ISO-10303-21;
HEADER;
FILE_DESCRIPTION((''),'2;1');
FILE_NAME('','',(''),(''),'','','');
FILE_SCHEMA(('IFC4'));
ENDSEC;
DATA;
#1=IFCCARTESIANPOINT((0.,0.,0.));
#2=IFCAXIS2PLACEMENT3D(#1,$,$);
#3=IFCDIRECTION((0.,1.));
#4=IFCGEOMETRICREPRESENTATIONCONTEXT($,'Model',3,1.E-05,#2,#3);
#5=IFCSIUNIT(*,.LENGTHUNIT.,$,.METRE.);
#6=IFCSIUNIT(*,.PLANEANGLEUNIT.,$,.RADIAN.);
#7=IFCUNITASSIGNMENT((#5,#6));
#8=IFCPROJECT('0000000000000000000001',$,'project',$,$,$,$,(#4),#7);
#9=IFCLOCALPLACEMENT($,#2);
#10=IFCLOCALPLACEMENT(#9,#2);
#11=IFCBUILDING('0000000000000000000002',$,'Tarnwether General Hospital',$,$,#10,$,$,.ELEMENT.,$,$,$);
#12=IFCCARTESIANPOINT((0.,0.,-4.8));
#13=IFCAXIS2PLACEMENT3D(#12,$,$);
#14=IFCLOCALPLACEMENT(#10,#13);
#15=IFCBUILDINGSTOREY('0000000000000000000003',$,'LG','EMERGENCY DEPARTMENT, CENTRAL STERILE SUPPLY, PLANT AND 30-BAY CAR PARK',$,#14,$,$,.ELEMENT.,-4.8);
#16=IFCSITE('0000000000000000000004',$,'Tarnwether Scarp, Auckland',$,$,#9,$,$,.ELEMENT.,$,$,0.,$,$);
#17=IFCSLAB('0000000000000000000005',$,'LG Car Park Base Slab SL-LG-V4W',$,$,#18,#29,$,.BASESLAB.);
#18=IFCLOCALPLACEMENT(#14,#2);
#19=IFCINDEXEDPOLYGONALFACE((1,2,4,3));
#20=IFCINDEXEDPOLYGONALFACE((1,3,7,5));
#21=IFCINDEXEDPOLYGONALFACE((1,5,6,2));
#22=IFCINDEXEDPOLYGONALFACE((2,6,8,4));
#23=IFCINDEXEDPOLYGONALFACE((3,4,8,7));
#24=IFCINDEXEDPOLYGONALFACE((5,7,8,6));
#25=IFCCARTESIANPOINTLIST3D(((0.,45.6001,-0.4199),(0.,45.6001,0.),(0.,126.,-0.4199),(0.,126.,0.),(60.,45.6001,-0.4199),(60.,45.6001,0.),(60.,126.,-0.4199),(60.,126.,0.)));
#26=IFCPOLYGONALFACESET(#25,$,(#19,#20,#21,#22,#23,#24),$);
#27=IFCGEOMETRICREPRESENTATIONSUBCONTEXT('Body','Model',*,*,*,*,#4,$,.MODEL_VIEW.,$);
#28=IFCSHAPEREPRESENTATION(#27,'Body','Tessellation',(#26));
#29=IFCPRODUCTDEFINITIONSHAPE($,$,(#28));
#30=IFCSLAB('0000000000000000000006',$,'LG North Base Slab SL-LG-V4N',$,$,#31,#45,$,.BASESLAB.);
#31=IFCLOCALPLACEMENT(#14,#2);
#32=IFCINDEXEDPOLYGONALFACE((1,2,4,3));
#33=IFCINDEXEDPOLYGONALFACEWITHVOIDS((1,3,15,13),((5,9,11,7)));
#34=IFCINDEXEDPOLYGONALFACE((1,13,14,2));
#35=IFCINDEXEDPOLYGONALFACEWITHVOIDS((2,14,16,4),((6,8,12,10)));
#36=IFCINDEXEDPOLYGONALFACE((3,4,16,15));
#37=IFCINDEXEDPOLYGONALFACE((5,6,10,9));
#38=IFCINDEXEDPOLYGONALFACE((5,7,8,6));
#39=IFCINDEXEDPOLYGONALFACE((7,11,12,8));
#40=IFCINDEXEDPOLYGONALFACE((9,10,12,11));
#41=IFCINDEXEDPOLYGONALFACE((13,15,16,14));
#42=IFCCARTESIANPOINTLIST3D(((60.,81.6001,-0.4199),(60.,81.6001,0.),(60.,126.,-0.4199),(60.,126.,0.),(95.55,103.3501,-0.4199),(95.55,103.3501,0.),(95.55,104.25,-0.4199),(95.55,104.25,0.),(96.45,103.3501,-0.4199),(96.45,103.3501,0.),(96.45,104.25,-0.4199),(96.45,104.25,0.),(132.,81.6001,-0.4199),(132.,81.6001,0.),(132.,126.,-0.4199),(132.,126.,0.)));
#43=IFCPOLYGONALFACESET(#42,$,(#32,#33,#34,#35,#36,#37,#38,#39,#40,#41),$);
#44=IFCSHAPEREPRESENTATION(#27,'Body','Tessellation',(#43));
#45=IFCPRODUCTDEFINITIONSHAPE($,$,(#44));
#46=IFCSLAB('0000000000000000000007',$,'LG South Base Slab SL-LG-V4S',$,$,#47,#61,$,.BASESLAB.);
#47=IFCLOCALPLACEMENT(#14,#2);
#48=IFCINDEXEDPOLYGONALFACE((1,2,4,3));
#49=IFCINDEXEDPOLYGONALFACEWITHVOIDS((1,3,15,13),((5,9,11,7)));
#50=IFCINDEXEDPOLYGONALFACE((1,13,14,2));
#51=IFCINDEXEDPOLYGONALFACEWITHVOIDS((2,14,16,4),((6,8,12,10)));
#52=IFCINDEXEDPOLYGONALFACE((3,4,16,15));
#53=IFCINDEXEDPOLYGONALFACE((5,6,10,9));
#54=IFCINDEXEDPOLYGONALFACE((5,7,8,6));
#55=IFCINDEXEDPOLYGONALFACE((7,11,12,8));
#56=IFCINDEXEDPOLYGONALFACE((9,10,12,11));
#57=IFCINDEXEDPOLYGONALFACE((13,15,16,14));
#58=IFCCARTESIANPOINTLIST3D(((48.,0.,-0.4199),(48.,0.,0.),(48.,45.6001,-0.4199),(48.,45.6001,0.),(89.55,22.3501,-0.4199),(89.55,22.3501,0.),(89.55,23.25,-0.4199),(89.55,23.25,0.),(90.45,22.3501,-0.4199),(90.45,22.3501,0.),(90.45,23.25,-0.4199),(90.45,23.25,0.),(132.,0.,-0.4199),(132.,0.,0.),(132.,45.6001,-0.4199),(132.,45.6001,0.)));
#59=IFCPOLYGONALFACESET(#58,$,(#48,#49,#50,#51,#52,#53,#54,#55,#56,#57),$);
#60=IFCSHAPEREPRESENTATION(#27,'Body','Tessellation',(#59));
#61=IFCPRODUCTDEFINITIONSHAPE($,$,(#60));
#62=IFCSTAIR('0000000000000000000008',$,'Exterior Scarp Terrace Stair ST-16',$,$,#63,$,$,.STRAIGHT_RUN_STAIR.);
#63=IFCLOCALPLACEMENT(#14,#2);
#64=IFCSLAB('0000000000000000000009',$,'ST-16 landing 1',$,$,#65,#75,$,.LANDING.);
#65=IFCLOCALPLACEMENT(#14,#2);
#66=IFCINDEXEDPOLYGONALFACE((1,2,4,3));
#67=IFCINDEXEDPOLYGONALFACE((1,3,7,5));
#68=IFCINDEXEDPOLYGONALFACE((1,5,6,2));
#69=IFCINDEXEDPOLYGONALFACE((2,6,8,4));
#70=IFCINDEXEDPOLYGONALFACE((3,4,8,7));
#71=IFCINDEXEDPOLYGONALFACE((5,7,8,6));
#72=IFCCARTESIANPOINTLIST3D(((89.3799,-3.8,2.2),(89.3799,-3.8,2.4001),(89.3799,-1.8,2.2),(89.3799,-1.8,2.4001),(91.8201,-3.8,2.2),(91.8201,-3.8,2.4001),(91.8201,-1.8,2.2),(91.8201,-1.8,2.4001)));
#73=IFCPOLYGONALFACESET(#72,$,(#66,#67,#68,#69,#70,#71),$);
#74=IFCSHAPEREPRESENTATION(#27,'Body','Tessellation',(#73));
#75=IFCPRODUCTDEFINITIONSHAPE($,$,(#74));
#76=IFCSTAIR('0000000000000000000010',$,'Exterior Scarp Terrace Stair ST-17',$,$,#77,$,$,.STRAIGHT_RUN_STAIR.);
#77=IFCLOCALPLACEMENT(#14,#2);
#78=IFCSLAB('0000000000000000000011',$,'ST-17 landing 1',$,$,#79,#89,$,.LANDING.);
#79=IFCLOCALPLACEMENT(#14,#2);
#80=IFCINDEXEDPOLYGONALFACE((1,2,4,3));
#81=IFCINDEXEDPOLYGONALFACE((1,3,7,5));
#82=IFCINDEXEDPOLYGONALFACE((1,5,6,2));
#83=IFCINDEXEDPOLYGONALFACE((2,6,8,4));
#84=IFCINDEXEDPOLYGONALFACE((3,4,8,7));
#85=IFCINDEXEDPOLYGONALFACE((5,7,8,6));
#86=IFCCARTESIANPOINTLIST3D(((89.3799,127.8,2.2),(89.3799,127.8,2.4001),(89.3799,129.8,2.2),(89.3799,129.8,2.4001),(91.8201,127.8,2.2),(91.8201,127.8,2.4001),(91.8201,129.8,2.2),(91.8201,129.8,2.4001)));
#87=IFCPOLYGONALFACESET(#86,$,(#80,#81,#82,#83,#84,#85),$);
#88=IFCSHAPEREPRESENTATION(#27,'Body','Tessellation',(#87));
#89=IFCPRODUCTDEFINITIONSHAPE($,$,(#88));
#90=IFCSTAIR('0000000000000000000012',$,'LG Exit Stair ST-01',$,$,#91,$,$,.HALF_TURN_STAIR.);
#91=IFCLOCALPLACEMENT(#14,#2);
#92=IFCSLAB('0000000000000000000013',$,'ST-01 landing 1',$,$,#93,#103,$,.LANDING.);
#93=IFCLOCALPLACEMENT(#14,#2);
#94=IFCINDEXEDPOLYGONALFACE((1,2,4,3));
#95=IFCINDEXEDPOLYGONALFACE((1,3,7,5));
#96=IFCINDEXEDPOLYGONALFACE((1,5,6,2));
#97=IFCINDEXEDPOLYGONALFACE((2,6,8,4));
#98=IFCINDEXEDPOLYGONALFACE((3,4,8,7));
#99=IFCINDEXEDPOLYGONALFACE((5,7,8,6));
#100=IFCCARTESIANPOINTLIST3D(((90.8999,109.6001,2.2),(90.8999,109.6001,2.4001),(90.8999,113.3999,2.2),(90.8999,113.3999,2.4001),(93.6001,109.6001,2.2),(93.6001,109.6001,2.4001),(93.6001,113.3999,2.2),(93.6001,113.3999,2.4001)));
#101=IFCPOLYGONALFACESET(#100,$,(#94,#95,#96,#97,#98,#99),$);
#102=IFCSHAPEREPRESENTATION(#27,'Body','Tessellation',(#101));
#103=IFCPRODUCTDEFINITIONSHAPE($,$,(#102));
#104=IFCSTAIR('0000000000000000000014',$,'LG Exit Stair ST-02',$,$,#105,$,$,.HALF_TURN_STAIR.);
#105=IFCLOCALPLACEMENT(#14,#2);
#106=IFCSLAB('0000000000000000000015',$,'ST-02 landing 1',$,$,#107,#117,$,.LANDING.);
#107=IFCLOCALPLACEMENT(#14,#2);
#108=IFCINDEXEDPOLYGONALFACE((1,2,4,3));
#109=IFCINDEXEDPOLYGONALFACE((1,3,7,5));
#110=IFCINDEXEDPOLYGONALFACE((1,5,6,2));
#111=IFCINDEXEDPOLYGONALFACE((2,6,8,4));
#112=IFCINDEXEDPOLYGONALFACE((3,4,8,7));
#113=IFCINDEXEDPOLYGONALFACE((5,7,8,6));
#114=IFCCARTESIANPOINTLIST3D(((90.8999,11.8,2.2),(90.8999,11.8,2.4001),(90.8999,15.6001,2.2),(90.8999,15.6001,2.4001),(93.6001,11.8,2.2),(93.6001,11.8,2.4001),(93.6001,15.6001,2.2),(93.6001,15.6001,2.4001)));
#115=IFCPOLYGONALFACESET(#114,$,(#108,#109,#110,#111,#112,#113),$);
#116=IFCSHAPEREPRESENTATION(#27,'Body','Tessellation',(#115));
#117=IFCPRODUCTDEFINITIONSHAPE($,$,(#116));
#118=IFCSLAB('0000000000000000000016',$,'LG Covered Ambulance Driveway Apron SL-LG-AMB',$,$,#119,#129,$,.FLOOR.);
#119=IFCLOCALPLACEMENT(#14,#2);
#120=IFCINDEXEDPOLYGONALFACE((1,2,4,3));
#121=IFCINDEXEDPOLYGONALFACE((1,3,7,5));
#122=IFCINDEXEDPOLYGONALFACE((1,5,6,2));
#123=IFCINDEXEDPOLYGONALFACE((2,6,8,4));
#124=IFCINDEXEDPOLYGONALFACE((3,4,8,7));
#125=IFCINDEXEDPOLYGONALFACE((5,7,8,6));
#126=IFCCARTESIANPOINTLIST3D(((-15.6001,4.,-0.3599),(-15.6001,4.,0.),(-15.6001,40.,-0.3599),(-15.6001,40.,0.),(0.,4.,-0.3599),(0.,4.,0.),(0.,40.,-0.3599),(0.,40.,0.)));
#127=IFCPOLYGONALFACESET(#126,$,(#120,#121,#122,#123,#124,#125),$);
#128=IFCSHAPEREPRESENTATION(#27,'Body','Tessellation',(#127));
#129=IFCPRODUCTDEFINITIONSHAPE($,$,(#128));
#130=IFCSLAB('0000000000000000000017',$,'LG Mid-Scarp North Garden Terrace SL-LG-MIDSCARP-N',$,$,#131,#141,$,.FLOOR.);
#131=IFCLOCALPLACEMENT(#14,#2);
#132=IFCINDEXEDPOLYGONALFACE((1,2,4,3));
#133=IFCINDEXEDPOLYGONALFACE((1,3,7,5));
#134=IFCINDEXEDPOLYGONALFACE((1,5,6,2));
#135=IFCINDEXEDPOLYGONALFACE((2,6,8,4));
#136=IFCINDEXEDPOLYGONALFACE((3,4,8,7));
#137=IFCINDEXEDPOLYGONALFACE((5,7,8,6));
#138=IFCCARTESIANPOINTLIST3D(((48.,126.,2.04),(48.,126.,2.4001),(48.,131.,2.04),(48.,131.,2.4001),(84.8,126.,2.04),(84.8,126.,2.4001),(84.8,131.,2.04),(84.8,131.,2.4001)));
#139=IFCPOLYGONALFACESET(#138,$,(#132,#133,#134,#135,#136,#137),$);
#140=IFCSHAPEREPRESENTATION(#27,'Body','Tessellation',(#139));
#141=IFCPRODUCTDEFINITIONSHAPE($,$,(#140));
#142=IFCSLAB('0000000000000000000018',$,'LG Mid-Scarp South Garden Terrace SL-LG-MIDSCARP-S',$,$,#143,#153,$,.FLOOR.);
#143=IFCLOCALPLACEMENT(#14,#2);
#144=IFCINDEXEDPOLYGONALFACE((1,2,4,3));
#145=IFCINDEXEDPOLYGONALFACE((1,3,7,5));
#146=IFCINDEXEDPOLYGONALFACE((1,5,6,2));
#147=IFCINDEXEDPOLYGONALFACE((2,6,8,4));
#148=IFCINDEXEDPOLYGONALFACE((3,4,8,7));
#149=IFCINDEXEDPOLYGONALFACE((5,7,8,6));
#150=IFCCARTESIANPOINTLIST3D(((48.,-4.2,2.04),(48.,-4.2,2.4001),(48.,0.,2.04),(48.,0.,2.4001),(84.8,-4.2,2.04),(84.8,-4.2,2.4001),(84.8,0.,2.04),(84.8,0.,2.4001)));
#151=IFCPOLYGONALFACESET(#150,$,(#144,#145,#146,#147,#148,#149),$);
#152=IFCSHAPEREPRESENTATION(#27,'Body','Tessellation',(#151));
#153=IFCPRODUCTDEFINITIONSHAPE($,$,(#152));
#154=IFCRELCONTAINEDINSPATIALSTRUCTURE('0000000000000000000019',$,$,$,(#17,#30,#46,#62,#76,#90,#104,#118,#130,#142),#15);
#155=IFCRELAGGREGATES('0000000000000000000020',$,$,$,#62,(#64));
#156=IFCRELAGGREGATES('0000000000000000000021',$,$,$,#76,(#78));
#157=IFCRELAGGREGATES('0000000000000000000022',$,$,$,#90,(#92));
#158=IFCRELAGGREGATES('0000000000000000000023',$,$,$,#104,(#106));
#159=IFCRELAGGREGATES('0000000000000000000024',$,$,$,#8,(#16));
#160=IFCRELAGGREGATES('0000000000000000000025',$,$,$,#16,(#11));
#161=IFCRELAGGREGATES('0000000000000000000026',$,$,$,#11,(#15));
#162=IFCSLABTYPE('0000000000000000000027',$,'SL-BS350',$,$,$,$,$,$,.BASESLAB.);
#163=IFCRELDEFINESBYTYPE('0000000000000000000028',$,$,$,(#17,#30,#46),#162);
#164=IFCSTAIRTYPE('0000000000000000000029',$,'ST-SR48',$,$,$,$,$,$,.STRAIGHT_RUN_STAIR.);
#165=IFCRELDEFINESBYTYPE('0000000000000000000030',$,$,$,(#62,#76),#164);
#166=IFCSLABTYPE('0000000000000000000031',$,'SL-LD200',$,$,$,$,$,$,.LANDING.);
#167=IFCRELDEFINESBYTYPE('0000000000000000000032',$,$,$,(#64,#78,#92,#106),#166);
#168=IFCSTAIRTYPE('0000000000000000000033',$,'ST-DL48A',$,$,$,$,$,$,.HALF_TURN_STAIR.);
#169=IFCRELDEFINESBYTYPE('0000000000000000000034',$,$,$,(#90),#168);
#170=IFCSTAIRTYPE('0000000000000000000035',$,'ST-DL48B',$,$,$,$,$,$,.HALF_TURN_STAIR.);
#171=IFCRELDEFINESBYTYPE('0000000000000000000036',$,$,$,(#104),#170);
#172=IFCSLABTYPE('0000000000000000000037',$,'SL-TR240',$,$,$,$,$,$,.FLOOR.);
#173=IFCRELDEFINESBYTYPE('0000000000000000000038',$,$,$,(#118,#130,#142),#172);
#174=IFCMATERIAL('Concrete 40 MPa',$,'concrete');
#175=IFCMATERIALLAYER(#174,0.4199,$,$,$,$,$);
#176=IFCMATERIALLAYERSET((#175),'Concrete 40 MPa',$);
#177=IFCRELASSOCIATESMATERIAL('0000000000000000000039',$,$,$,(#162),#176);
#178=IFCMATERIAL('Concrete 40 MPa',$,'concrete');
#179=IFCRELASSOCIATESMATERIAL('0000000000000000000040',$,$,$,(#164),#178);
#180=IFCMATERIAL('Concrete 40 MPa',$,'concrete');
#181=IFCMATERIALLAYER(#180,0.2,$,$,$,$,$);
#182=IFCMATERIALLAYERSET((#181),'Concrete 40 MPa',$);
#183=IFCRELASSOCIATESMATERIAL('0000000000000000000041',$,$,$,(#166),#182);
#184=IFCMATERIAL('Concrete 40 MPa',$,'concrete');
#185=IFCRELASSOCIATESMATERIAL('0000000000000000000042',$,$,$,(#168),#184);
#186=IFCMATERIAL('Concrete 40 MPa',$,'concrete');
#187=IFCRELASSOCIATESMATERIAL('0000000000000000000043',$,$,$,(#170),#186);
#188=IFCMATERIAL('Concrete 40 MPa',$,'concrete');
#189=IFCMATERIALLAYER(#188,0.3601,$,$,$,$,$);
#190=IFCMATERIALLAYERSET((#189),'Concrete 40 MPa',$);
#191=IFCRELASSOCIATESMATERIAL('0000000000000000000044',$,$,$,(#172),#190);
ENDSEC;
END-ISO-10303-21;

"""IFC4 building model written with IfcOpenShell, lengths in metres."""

from ifc_helpers import new_model, si_unit, direction, frame, origin, place, context, subcontext, project, spatial, polyline, outline, extrude, material, layer, layer_set, type_object, element, aggregate, save


model = new_model("IFC4")

# Units and contexts
model_context = context("Model", 3, precision=1e-05, world=origin(), true_north=direction((0.0, 1.0)))
body_context = subcontext(model_context, "Body", "Model", "MODEL_VIEW")
ifc_project = project(units=[si_unit("LENGTHUNIT", "METRE"), si_unit("PLANEANGLEUNIT", "RADIAN")], contexts=[model_context])

# Site, building, storey
site_placement = place(None, origin())
site = spatial("IfcSite", under=ifc_project, at=site_placement, Name="Tarnwether Scarp, Auckland", CompositionType="ELEMENT", RefElevation=0.0)
building_placement = place(site_placement, origin())
building = spatial("IfcBuilding", under=site, at=building_placement, Name="Tarnwether General Hospital", CompositionType="ELEMENT")
storey_placement = place(building_placement, frame((0.0, 0.0, -4.8)))
storey = spatial("IfcBuildingStorey", under=building, at=storey_placement, Name="LG", Description="EMERGENCY DEPARTMENT, CENTRAL STERILE SUPPLY, PLANT AND 30-BAY CAR PARK", CompositionType="ELEMENT", Elevation=-4.8)

# Slabs
ifc_material_1 = material(Name="Concrete 40 MPa", Category="concrete")
ifc_layer_1 = layer(ifc_material_1, 0.4199)
ifc_layer_set_1 = layer_set([ifc_layer_1], Name="Concrete 40 MPa")
slab_type_1 = type_object("IfcSlabType", Name="SL-BS350", PredefinedType="BASESLAB", material=ifc_layer_set_1)
slab_1_placement = place(storey_placement, frame((0.0, 0.0, -0.4199)))
element("IfcSlab", 1, at=slab_1_placement, inside=storey, type_object=slab_type_1, Name="LG Car Park Base Slab SL-LG-V4W", PredefinedType="BASESLAB", context=body_context, shape_type="SweptSolid", body=[
    extrude(outline(polyline([(60.0, 45.6001), (60.0, 126.0), (0.0, 126.0), (0.0, 45.6001), (60.0, 45.6001)])), origin(), (0.0, 0.0, 1.0), 0.4199),
])
slab_2_placement = place(storey_placement, frame((0.0, 0.0, -0.4199)))
element("IfcSlab", 2, at=slab_2_placement, inside=storey, type_object=slab_type_1, Name="LG North Base Slab SL-LG-V4N", PredefinedType="BASESLAB", context=body_context, shape_type="SweptSolid", body=[
    extrude(outline(polyline([(60.0, 81.6001), (60.0, 126.0), (132.0, 126.0), (132.0, 81.6001), (60.0, 81.6001)]), holes=[polyline([(96.45, 104.25), (95.55, 104.25), (95.55, 103.3501), (96.45, 103.3501), (96.45, 104.25)])]), origin(), (0.0, 0.0, 1.0), 0.4199),
])
slab_3_placement = place(storey_placement, frame((0.0, 0.0, -0.4199)))
element("IfcSlab", 3, at=slab_3_placement, inside=storey, type_object=slab_type_1, Name="LG South Base Slab SL-LG-V4S", PredefinedType="BASESLAB", context=body_context, shape_type="SweptSolid", body=[
    extrude(outline(polyline([(48.0, 0.0), (48.0, 45.6001), (132.0, 45.6001), (132.0, 0.0), (48.0, 0.0)]), holes=[polyline([(90.45, 23.25), (89.55, 23.25), (89.55, 22.3501), (90.45, 22.3501), (90.45, 23.25)])]), origin(), (0.0, 0.0, 1.0), 0.4199),
])

# Stairs, slabs
ifc_material_2 = material(Name="Concrete 40 MPa", Category="concrete")
stair_type_1 = type_object("IfcStairType", Name="ST-SR48", PredefinedType="STRAIGHT_RUN_STAIR", material=ifc_material_2)
stair_1_placement = place(storey_placement, origin())
stair_1 = element("IfcStair", 4, at=stair_1_placement, inside=storey, type_object=stair_type_1, Name="Exterior Scarp Terrace Stair ST-16", PredefinedType="STRAIGHT_RUN_STAIR")
ifc_material_3 = material(Name="Concrete 40 MPa", Category="concrete")
ifc_layer_2 = layer(ifc_material_3, 0.2)
ifc_layer_set_2 = layer_set([ifc_layer_2], Name="Concrete 40 MPa")
slab_type_2 = type_object("IfcSlabType", Name="SL-LD200", PredefinedType="LANDING", material=ifc_layer_set_2)
slab_4_placement = place(storey_placement, frame((0.0, 0.0, 2.2)))
slab_4 = element("IfcSlab", 5, at=slab_4_placement, type_object=slab_type_2, Name="ST-16 landing 1", PredefinedType="LANDING", context=body_context, shape_type="SweptSolid", body=[
    extrude(outline(polyline([(89.3799, -3.8), (91.8201, -3.8), (91.8201, -1.8), (89.3799, -1.8), (89.3799, -3.8)])), origin(), (0.0, 0.0, 1.0), 0.2002),
])
aggregate(stair_1, [slab_4])
stair_2_placement = place(storey_placement, origin())
stair_2 = element("IfcStair", 6, at=stair_2_placement, inside=storey, type_object=stair_type_1, Name="Exterior Scarp Terrace Stair ST-17", PredefinedType="STRAIGHT_RUN_STAIR")
slab_5_placement = place(storey_placement, frame((0.0, 0.0, 2.2)))
slab_5 = element("IfcSlab", 7, at=slab_5_placement, type_object=slab_type_2, Name="ST-17 landing 1", PredefinedType="LANDING", context=body_context, shape_type="SweptSolid", body=[
    extrude(outline(polyline([(89.3799, 127.8), (91.8201, 127.8), (91.8201, 129.8), (89.3799, 129.8), (89.3799, 127.8)])), origin(), (0.0, 0.0, 1.0), 0.2002),
])
aggregate(stair_2, [slab_5])
ifc_material_4 = material(Name="Concrete 40 MPa", Category="concrete")
stair_type_2 = type_object("IfcStairType", Name="ST-DL48A", PredefinedType="HALF_TURN_STAIR", material=ifc_material_4)
stair_3_placement = place(storey_placement, origin())
stair_3 = element("IfcStair", 8, at=stair_3_placement, inside=storey, type_object=stair_type_2, Name="LG Exit Stair ST-01", PredefinedType="HALF_TURN_STAIR")
slab_6_placement = place(storey_placement, frame((0.0, 0.0, 2.2)))
slab_6 = element("IfcSlab", 9, at=slab_6_placement, type_object=slab_type_2, Name="ST-01 landing 1", PredefinedType="LANDING", context=body_context, shape_type="SweptSolid", body=[
    extrude(outline(polyline([(90.8999, 109.6001), (93.6001, 109.6001), (93.6001, 113.3999), (90.8999, 113.3999), (90.8999, 109.6001)])), origin(), (0.0, 0.0, 1.0), 0.2002),
])
aggregate(stair_3, [slab_6])
ifc_material_5 = material(Name="Concrete 40 MPa", Category="concrete")
stair_type_3 = type_object("IfcStairType", Name="ST-DL48B", PredefinedType="HALF_TURN_STAIR", material=ifc_material_5)
stair_4_placement = place(storey_placement, origin())
stair_4 = element("IfcStair", 10, at=stair_4_placement, inside=storey, type_object=stair_type_3, Name="LG Exit Stair ST-02", PredefinedType="HALF_TURN_STAIR")
slab_7_placement = place(storey_placement, frame((0.0, 0.0, 2.2)))
slab_7 = element("IfcSlab", 11, at=slab_7_placement, type_object=slab_type_2, Name="ST-02 landing 1", PredefinedType="LANDING", context=body_context, shape_type="SweptSolid", body=[
    extrude(outline(polyline([(90.8999, 11.8), (93.6001, 11.8), (93.6001, 15.6001), (90.8999, 15.6001), (90.8999, 11.8)])), origin(), (0.0, 0.0, 1.0), 0.2002),
])
aggregate(stair_4, [slab_7])

# Slabs
ifc_material_6 = material(Name="Concrete 40 MPa", Category="concrete")
ifc_layer_3 = layer(ifc_material_6, 0.3601)
ifc_layer_set_3 = layer_set([ifc_layer_3], Name="Concrete 40 MPa")
slab_type_3 = type_object("IfcSlabType", Name="SL-TR240", PredefinedType="FLOOR", material=ifc_layer_set_3)
slab_8_placement = place(storey_placement, frame((0.0, 0.0, -0.3599)))
element("IfcSlab", 12, at=slab_8_placement, inside=storey, type_object=slab_type_3, Name="LG Covered Ambulance Driveway Apron SL-LG-AMB", PredefinedType="FLOOR", context=body_context, shape_type="SweptSolid", body=[
    extrude(outline(polyline([(0.0, 4.0), (0.0, 40.0), (-15.6001, 40.0), (-15.6001, 4.0), (0.0, 4.0)])), origin(), (0.0, 0.0, 1.0), 0.3599),
])
slab_9_placement = place(storey_placement, frame((0.0, 0.0, 2.04)))
element("IfcSlab", 13, at=slab_9_placement, inside=storey, type_object=slab_type_3, Name="LG Mid-Scarp North Garden Terrace SL-LG-MIDSCARP-N", PredefinedType="FLOOR", context=body_context, shape_type="SweptSolid", body=[
    extrude(outline(polyline([(84.8, 126.0), (84.8, 131.0), (48.0, 131.0), (48.0, 126.0), (84.8, 126.0)])), origin(), (0.0, 0.0, 1.0), 0.3601),
])
slab_10_placement = place(storey_placement, frame((0.0, 0.0, 2.04)))
element("IfcSlab", 14, at=slab_10_placement, inside=storey, type_object=slab_type_3, Name="LG Mid-Scarp South Garden Terrace SL-LG-MIDSCARP-S", PredefinedType="FLOOR", context=body_context, shape_type="SweptSolid", body=[
    extrude(outline(polyline([(84.8, -4.2), (84.8, 0.0), (48.0, 0.0), (48.0, -4.2), (84.8, -4.2)])), origin(), (0.0, 0.0, 1.0), 0.3601),
])

save(model, "model.ifc")
